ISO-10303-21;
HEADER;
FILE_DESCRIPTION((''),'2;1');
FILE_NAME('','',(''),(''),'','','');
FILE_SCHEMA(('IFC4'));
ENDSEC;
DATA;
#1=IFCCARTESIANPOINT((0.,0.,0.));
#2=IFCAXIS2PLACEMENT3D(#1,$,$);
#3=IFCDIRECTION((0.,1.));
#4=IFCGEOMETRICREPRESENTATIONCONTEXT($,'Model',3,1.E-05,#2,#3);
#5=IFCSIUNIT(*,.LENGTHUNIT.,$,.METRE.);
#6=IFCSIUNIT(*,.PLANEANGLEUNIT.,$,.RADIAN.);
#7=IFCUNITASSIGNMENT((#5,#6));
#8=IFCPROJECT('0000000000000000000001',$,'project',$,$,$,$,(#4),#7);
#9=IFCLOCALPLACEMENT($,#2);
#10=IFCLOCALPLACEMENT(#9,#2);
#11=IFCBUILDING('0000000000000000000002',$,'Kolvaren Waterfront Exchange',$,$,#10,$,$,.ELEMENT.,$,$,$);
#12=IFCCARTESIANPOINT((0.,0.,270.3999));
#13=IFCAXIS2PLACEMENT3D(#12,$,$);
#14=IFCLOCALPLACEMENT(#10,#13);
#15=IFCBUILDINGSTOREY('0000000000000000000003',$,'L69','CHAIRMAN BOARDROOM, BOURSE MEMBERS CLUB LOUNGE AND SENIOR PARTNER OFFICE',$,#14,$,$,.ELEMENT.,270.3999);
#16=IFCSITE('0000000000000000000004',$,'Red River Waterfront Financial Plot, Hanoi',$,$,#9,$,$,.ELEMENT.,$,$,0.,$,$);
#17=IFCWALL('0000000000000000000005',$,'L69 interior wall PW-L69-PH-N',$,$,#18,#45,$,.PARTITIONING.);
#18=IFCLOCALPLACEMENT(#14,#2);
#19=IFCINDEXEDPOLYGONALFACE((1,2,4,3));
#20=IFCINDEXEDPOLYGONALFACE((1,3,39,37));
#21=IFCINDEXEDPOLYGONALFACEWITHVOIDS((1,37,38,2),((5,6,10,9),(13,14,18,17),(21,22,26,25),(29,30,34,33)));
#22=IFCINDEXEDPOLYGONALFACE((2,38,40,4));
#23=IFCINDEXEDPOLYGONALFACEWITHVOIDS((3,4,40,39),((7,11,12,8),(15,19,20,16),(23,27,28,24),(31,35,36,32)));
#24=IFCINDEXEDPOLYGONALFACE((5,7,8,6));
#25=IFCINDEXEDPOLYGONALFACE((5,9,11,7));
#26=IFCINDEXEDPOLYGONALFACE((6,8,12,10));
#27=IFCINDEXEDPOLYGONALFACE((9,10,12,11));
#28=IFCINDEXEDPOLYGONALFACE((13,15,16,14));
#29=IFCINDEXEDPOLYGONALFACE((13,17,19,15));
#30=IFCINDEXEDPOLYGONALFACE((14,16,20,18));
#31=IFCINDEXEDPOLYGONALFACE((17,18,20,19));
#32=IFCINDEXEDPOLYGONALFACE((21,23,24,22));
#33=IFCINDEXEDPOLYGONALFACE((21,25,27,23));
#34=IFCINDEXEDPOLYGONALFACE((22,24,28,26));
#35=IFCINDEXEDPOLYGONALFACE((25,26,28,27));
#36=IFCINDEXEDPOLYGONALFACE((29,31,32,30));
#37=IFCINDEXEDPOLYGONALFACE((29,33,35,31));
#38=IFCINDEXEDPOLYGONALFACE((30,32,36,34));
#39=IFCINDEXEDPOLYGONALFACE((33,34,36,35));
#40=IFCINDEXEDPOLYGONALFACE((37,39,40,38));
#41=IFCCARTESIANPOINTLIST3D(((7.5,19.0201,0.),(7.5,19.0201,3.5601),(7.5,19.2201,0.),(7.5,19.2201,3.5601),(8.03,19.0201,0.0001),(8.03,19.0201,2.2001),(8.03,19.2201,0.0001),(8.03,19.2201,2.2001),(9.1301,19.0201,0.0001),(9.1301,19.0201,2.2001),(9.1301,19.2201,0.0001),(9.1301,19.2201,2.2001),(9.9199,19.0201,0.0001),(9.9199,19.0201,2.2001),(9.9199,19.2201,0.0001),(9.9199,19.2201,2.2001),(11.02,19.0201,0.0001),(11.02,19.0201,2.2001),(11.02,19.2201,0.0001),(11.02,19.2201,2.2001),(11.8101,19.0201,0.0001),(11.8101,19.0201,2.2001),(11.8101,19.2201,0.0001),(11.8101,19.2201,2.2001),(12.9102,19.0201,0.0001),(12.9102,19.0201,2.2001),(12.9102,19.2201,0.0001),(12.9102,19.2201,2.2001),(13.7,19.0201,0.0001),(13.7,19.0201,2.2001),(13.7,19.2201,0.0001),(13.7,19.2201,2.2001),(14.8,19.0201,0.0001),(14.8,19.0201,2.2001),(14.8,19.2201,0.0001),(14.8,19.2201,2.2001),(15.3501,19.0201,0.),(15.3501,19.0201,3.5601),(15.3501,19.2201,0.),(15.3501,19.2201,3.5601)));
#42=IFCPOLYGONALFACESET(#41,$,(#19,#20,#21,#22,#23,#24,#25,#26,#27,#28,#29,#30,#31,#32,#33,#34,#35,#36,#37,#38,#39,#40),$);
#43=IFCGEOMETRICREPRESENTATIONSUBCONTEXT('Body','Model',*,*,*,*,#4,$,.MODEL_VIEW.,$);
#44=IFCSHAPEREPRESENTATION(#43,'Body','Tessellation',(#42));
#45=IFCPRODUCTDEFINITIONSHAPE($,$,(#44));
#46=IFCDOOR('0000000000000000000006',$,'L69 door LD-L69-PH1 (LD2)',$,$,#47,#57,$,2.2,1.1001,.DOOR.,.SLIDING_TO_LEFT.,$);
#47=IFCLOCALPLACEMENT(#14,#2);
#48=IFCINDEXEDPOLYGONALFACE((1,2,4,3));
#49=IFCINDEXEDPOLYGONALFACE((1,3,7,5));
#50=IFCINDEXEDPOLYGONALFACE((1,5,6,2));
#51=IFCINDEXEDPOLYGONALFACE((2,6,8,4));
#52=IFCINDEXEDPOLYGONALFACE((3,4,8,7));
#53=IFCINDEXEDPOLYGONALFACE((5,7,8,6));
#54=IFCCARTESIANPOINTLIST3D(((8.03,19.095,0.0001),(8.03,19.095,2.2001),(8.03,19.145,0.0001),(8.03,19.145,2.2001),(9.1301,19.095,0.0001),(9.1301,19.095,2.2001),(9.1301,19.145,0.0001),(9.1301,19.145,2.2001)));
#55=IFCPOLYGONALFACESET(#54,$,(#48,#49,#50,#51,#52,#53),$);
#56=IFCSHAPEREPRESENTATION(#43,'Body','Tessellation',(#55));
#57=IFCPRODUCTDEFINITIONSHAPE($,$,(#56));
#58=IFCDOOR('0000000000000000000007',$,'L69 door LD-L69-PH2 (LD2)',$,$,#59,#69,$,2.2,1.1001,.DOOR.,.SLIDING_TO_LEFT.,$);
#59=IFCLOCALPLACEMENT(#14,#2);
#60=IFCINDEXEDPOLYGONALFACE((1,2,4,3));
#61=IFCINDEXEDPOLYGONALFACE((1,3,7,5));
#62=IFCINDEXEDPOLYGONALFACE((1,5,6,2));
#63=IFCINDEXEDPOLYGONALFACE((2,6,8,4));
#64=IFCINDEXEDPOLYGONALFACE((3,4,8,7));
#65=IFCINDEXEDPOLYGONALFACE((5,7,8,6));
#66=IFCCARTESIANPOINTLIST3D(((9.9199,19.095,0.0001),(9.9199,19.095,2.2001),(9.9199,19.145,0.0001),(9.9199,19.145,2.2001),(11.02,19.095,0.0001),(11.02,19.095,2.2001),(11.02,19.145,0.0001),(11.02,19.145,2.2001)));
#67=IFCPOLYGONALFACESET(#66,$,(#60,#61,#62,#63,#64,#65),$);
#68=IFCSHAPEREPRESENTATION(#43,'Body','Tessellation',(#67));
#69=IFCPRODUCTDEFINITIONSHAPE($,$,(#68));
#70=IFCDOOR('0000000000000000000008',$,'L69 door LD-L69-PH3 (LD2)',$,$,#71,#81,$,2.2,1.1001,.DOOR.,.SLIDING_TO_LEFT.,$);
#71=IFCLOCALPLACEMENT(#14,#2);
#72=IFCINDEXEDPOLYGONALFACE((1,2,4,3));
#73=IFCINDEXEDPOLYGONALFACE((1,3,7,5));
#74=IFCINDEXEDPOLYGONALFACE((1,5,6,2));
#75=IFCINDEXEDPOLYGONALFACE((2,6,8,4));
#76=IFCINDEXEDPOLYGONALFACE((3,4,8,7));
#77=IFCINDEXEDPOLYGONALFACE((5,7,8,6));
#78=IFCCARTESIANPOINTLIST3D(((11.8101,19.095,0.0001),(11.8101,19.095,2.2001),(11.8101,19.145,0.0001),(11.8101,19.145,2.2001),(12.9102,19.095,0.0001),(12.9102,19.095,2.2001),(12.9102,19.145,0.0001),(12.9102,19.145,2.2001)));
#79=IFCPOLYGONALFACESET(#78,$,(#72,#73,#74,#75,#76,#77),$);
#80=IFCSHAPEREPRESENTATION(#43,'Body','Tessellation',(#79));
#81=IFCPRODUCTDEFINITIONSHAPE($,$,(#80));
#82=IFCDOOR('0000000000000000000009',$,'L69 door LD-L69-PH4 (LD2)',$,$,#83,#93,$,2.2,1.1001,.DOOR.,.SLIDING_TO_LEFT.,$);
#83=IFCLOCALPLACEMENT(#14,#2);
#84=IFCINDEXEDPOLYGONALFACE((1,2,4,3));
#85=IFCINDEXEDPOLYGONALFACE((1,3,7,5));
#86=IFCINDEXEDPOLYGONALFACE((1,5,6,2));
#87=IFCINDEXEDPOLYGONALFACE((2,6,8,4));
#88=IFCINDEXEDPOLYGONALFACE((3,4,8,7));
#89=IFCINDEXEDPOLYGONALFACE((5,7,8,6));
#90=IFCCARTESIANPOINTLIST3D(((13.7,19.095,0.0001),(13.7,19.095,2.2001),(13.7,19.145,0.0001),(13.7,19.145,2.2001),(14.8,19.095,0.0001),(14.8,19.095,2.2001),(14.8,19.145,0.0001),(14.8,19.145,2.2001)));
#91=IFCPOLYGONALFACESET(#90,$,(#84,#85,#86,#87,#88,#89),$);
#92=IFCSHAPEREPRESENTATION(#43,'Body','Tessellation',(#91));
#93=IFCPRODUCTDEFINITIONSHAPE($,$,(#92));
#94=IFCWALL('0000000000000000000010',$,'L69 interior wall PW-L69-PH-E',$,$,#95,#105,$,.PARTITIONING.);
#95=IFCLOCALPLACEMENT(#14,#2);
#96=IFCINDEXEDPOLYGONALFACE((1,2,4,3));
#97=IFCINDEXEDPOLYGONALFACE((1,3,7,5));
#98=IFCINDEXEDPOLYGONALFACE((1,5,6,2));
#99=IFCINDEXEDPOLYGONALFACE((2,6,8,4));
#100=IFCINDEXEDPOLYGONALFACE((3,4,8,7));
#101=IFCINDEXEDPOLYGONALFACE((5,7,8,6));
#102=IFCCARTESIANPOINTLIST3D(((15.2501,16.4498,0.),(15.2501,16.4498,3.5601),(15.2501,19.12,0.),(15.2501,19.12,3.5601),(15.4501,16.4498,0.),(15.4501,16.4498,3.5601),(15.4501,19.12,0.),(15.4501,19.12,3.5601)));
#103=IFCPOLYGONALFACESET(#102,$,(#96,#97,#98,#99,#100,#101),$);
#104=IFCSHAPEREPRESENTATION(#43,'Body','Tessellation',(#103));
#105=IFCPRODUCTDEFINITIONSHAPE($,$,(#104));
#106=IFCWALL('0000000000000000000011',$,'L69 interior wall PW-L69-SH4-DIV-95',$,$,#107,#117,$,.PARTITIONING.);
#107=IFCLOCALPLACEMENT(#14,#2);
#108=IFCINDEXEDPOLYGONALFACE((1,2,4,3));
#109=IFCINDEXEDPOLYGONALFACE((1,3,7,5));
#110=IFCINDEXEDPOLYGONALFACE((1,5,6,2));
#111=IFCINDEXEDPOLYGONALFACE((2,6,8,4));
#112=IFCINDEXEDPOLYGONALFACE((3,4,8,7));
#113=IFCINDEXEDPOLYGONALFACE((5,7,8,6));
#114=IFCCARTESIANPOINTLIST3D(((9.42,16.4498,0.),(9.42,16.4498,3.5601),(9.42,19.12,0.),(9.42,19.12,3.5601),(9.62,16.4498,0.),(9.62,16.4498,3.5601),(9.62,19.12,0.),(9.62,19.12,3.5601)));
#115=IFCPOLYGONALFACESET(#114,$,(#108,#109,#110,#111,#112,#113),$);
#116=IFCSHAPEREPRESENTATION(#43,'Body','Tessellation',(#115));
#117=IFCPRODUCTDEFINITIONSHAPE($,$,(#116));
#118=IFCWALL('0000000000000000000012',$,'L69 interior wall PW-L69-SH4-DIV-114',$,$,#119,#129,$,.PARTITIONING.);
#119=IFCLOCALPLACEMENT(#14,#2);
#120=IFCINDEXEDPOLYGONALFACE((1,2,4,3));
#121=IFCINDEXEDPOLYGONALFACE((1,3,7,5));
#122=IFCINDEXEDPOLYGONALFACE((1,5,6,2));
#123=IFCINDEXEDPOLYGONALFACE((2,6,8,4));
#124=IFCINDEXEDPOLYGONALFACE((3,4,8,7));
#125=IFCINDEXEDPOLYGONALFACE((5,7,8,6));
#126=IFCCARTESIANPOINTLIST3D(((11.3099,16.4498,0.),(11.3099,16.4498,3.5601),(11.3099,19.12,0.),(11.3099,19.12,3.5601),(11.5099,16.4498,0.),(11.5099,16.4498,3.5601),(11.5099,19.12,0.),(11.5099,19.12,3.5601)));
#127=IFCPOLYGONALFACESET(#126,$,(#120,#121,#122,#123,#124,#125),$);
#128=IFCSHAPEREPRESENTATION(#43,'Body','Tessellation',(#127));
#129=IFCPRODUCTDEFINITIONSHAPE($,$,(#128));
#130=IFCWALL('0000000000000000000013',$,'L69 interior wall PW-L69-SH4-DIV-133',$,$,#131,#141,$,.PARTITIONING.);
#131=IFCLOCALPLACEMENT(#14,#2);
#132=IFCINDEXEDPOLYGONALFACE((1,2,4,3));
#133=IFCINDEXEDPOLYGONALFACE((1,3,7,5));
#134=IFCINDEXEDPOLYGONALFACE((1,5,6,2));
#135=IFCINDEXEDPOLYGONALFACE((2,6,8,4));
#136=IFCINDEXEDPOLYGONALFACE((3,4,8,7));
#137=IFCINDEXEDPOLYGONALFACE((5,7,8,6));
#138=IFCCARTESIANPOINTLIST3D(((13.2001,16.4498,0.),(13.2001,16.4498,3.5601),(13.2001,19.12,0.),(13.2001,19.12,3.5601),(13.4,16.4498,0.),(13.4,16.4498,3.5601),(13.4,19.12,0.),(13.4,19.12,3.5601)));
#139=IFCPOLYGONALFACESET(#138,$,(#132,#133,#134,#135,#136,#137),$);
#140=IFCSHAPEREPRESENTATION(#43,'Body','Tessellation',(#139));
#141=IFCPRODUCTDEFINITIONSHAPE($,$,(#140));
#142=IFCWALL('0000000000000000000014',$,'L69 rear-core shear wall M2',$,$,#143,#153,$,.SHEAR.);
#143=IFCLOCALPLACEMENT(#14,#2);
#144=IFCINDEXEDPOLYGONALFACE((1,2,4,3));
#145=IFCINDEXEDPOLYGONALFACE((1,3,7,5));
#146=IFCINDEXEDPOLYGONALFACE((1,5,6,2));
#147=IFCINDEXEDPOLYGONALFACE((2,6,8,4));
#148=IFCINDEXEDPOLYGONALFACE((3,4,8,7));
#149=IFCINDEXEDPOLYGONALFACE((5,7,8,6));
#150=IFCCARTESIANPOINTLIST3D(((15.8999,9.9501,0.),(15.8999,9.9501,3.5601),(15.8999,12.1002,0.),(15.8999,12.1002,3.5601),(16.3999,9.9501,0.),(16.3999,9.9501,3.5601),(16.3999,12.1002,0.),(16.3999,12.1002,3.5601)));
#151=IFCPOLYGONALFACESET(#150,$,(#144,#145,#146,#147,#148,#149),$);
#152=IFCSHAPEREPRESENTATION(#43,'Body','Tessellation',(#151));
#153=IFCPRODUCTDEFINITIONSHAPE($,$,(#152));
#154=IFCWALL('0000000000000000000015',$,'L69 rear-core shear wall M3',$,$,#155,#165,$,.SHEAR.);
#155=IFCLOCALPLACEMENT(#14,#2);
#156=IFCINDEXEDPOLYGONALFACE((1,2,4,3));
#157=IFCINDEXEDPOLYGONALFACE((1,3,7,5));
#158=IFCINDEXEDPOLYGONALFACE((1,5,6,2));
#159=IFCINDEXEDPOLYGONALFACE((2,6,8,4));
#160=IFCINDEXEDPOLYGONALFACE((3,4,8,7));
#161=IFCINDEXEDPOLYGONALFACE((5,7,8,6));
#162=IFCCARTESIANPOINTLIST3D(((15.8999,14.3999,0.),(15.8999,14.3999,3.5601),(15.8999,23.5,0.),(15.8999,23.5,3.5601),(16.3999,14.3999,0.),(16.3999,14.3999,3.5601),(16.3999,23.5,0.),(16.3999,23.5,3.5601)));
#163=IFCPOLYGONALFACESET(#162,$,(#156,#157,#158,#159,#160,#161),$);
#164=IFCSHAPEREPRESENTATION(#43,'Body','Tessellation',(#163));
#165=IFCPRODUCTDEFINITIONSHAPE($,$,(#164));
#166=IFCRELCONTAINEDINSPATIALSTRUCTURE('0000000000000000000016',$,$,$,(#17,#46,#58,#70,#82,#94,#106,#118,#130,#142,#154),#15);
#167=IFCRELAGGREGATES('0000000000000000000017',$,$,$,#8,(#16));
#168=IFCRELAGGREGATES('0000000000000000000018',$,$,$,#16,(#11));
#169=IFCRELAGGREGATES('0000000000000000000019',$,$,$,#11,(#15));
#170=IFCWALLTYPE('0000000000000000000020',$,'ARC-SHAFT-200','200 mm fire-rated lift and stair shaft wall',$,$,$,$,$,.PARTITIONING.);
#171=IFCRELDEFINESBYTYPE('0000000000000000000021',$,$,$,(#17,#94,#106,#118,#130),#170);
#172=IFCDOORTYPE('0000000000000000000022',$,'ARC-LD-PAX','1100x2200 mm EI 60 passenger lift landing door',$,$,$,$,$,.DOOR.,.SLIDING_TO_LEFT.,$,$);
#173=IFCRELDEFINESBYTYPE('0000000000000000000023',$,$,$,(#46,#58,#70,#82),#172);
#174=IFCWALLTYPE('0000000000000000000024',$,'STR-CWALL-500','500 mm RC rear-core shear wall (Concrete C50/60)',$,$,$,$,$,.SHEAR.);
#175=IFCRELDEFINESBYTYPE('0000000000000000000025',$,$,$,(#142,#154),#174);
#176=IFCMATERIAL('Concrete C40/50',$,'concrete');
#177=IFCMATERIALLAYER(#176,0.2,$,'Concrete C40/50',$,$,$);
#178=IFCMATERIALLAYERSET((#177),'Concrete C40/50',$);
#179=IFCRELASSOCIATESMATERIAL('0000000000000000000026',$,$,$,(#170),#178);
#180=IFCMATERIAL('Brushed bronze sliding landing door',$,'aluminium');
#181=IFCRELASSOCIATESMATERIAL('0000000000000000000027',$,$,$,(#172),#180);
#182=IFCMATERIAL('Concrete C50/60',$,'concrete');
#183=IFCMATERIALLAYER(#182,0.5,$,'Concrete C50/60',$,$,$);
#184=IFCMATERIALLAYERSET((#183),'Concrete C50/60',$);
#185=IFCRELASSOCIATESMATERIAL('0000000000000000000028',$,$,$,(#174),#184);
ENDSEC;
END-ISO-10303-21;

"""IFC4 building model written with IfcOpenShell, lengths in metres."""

from ifc_helpers import new_model, si_unit, direction, frame, frame_2d, origin, place, context, subcontext, project, spatial, rectangle, extrude, material, layer, layer_set, type_object, element, fill, save


model = new_model("IFC4")

# Units and contexts
model_context = context("Model", 3, precision=1e-05, world=origin(), true_north=direction((0.0, 1.0)))
body_context = subcontext(model_context, "Body", "Model", "MODEL_VIEW")
ifc_project = project(units=[si_unit("LENGTHUNIT", "METRE"), si_unit("PLANEANGLEUNIT", "RADIAN")], contexts=[model_context])

# Site, building, storey
site_placement = place(None, origin())
site = spatial("IfcSite", under=ifc_project, at=site_placement, Name="Red River Waterfront Financial Plot, Hanoi", CompositionType="ELEMENT", RefElevation=0.0)
building_placement = place(site_placement, origin())
building = spatial("IfcBuilding", under=site, at=building_placement, Name="Kolvaren Waterfront Exchange", CompositionType="ELEMENT")
storey_placement = place(building_placement, frame((0.0, 0.0, 270.3999)))
storey = spatial("IfcBuildingStorey", under=building, at=storey_placement, Name="L69", Description="CHAIRMAN BOARDROOM, BOURSE MEMBERS CLUB LOUNGE AND SENIOR PARTNER OFFICE", CompositionType="ELEMENT", Elevation=270.3999)

# Wall, openings, doors
ifc_material_1 = material(Name="Concrete C40/50", Category="concrete")
ifc_layer_1 = layer(ifc_material_1, 0.2, Name="Concrete C40/50")
ifc_layer_set_1 = layer_set([ifc_layer_1], Name="Concrete C40/50")
wall_type_1 = type_object("IfcWallType", Name="ARC-SHAFT-200", Description="200 mm fire-rated lift and stair shaft wall", PredefinedType="PARTITIONING", material=ifc_layer_set_1)
wall_1_placement = place(storey_placement, frame((7.5, 19.1201, 0.0), z_axis=(0.0, 0.0, 1.0), x_axis=(1.0, 0.0, 0.0)))
wall_1 = element("IfcWall", 1, at=wall_1_placement, inside=storey, type_object=wall_type_1, Name="L69 interior wall PW-L69-PH-N", PredefinedType="PARTITIONING", context=body_context, shape_type="SweptSolid", body=[
    extrude(rectangle(XDim=7.8501, YDim=0.2, at=frame_2d((3.925, 0.0))), origin(), (0.0, 0.0, 1.0), 3.5601),
])
opening_1_placement = place(wall_1_placement, frame((0.53, 0.0, 0.0)))
opening_1 = element("IfcOpeningElement", 2, at=opening_1_placement, cuts=wall_1, PredefinedType="OPENING", context=body_context, shape_type="SweptSolid", body=[
    extrude(rectangle(XDim=1.1001, YDim=2.2, at=frame_2d((0.55, 1.1001))), frame((0.0, 0.1099, 0.0), z_axis=(0.0, -1.0, 0.0), x_axis=(1.0, 0.0, 0.0)), (0.0, 0.0, 1.0), 0.22),
])
opening_2_placement = place(wall_1_placement, frame((2.4199, 0.0, 0.0)))
opening_2 = element("IfcOpeningElement", 3, at=opening_2_placement, cuts=wall_1, PredefinedType="OPENING", context=body_context, shape_type="SweptSolid", body=[
    extrude(rectangle(XDim=1.1001, YDim=2.2, at=frame_2d((0.55, 1.1001))), frame((0.0, 0.1099, 0.0), z_axis=(0.0, -1.0, 0.0), x_axis=(1.0, 0.0, 0.0)), (0.0, 0.0, 1.0), 0.22),
])
opening_3_placement = place(wall_1_placement, frame((4.3101, 0.0, 0.0)))
opening_3 = element("IfcOpeningElement", 4, at=opening_3_placement, cuts=wall_1, PredefinedType="OPENING", context=body_context, shape_type="SweptSolid", body=[
    extrude(rectangle(XDim=1.1001, YDim=2.2, at=frame_2d((0.55, 1.1001))), frame((0.0, 0.1099, 0.0), z_axis=(0.0, -1.0, 0.0), x_axis=(1.0, 0.0, 0.0)), (0.0, 0.0, 1.0), 0.22),
])
opening_4_placement = place(wall_1_placement, frame((6.2, 0.0, 0.0)))
opening_4 = element("IfcOpeningElement", 5, at=opening_4_placement, cuts=wall_1, PredefinedType="OPENING", context=body_context, shape_type="SweptSolid", body=[
    extrude(rectangle(XDim=1.1001, YDim=2.2, at=frame_2d((0.55, 1.1001))), frame((0.0, 0.1099, 0.0), z_axis=(0.0, -1.0, 0.0), x_axis=(1.0, 0.0, 0.0)), (0.0, 0.0, 1.0), 0.22),
])
ifc_material_2 = material(Name="Brushed bronze sliding landing door", Category="aluminium")
door_type_1 = type_object("IfcDoorType", Name="ARC-LD-PAX", Description="1100x2200 mm EI 60 passenger lift landing door", OperationType="SLIDING_TO_LEFT", PredefinedType="DOOR", material=ifc_material_2)
door_1_placement = place(opening_1_placement, origin())
door_1 = element("IfcDoor", 6, at=door_1_placement, inside=storey, type_object=door_type_1, Name="L69 door LD-L69-PH1 (LD2)", OperationType="SLIDING_TO_LEFT", OverallHeight=2.2, OverallWidth=1.1001, PredefinedType="DOOR", context=body_context, shape_type="SweptSolid", body=[
    extrude(rectangle(XDim=1.1001, YDim=2.2, at=frame_2d((0.55, 1.1001))), frame((0.0, 0.0249, 0.0), z_axis=(0.0, -1.0, 0.0), x_axis=(1.0, 0.0, 0.0)), (0.0, 0.0, 1.0), 0.05),
])
fill(opening_1, door_1)
door_2_placement = place(opening_2_placement, origin())
door_2 = element("IfcDoor", 7, at=door_2_placement, inside=storey, type_object=door_type_1, Name="L69 door LD-L69-PH2 (LD2)", OperationType="SLIDING_TO_LEFT", OverallHeight=2.2, OverallWidth=1.1001, PredefinedType="DOOR", context=body_context, shape_type="SweptSolid", body=[
    extrude(rectangle(XDim=1.1001, YDim=2.2, at=frame_2d((0.55, 1.1001))), frame((0.0, 0.0249, 0.0), z_axis=(0.0, -1.0, 0.0), x_axis=(1.0, 0.0, 0.0)), (0.0, 0.0, 1.0), 0.05),
])
fill(opening_2, door_2)
door_3_placement = place(opening_3_placement, origin())
door_3 = element("IfcDoor", 8, at=door_3_placement, inside=storey, type_object=door_type_1, Name="L69 door LD-L69-PH3 (LD2)", OperationType="SLIDING_TO_LEFT", OverallHeight=2.2, OverallWidth=1.1001, PredefinedType="DOOR", context=body_context, shape_type="SweptSolid", body=[
    extrude(rectangle(XDim=1.1001, YDim=2.2, at=frame_2d((0.55, 1.1001))), frame((0.0, 0.0249, 0.0), z_axis=(0.0, -1.0, 0.0), x_axis=(1.0, 0.0, 0.0)), (0.0, 0.0, 1.0), 0.05),
])
fill(opening_3, door_3)
door_4_placement = place(opening_4_placement, origin())
door_4 = element("IfcDoor", 9, at=door_4_placement, inside=storey, type_object=door_type_1, Name="L69 door LD-L69-PH4 (LD2)", OperationType="SLIDING_TO_LEFT", OverallHeight=2.2, OverallWidth=1.1001, PredefinedType="DOOR", context=body_context, shape_type="SweptSolid", body=[
    extrude(rectangle(XDim=1.1001, YDim=2.2, at=frame_2d((0.55, 1.1001))), frame((0.0, 0.0249, 0.0), z_axis=(0.0, -1.0, 0.0), x_axis=(1.0, 0.0, 0.0)), (0.0, 0.0, 1.0), 0.05),
])
fill(opening_4, door_4)

# Walls
for number, where, z_axis, x_axis, name in (
    (10, (15.3501, 16.45, 0.0), (0.0, 0.0, 1.0), (0.0, 1.0, 0.0), "L69 interior wall PW-L69-PH-E"),
    (11, (9.52, 16.45, 0.0), (0.0, 0.0, 1.0), (0.0, 1.0, 0.0), "L69 interior wall PW-L69-SH4-DIV-95"),
    (12, (11.4099, 16.45, 0.0), (0.0, 0.0, 1.0), (0.0, 1.0, 0.0), "L69 interior wall PW-L69-SH4-DIV-114"),
    (13, (13.3, 16.45, 0.0), (0.0, 0.0, 1.0), (0.0, 1.0, 0.0), "L69 interior wall PW-L69-SH4-DIV-133"),
):
    element("IfcWall", number, at=place(storey_placement, frame(where, z_axis=z_axis, x_axis=x_axis)), inside=storey, type_object=wall_type_1, Name=name, PredefinedType="PARTITIONING", context=body_context, shape_type="SweptSolid", body=[
        extrude(rectangle(XDim=2.6702, YDim=0.2, at=frame_2d((1.335, 0.0))), origin(), (0.0, 0.0, 1.0), 3.5601),
    ])
ifc_material_3 = material(Name="Concrete C50/60", Category="concrete")
ifc_layer_2 = layer(ifc_material_3, 0.5, Name="Concrete C50/60")
ifc_layer_set_2 = layer_set([ifc_layer_2], Name="Concrete C50/60")
wall_type_2 = type_object("IfcWallType", Name="STR-CWALL-500", Description="500 mm RC rear-core shear wall (Concrete C50/60)", PredefinedType="SHEAR", material=ifc_layer_set_2)
wall_2_placement = place(storey_placement, frame((16.1499, 9.95, 0.0), z_axis=(0.0, 0.0, 1.0), x_axis=(0.0, 1.0, 0.0)))
element("IfcWall", 14, at=wall_2_placement, inside=storey, type_object=wall_type_2, Name="L69 rear-core shear wall M2", PredefinedType="SHEAR", context=body_context, shape_type="SweptSolid", body=[
    extrude(rectangle(XDim=2.1501, YDim=0.5, at=frame_2d((1.0752, 0.0))), origin(), (0.0, 0.0, 1.0), 3.5601),
])
wall_3_placement = place(storey_placement, frame((16.1499, 14.3999, 0.0), z_axis=(0.0, 0.0, 1.0), x_axis=(0.0, 1.0, 0.0)))
element("IfcWall", 15, at=wall_3_placement, inside=storey, type_object=wall_type_2, Name="L69 rear-core shear wall M3", PredefinedType="SHEAR", context=body_context, shape_type="SweptSolid", body=[
    extrude(rectangle(XDim=9.1001, YDim=0.5, at=frame_2d((4.55, 0.0))), origin(), (0.0, 0.0, 1.0), 3.5601),
])

save(model, "model.ifc")
